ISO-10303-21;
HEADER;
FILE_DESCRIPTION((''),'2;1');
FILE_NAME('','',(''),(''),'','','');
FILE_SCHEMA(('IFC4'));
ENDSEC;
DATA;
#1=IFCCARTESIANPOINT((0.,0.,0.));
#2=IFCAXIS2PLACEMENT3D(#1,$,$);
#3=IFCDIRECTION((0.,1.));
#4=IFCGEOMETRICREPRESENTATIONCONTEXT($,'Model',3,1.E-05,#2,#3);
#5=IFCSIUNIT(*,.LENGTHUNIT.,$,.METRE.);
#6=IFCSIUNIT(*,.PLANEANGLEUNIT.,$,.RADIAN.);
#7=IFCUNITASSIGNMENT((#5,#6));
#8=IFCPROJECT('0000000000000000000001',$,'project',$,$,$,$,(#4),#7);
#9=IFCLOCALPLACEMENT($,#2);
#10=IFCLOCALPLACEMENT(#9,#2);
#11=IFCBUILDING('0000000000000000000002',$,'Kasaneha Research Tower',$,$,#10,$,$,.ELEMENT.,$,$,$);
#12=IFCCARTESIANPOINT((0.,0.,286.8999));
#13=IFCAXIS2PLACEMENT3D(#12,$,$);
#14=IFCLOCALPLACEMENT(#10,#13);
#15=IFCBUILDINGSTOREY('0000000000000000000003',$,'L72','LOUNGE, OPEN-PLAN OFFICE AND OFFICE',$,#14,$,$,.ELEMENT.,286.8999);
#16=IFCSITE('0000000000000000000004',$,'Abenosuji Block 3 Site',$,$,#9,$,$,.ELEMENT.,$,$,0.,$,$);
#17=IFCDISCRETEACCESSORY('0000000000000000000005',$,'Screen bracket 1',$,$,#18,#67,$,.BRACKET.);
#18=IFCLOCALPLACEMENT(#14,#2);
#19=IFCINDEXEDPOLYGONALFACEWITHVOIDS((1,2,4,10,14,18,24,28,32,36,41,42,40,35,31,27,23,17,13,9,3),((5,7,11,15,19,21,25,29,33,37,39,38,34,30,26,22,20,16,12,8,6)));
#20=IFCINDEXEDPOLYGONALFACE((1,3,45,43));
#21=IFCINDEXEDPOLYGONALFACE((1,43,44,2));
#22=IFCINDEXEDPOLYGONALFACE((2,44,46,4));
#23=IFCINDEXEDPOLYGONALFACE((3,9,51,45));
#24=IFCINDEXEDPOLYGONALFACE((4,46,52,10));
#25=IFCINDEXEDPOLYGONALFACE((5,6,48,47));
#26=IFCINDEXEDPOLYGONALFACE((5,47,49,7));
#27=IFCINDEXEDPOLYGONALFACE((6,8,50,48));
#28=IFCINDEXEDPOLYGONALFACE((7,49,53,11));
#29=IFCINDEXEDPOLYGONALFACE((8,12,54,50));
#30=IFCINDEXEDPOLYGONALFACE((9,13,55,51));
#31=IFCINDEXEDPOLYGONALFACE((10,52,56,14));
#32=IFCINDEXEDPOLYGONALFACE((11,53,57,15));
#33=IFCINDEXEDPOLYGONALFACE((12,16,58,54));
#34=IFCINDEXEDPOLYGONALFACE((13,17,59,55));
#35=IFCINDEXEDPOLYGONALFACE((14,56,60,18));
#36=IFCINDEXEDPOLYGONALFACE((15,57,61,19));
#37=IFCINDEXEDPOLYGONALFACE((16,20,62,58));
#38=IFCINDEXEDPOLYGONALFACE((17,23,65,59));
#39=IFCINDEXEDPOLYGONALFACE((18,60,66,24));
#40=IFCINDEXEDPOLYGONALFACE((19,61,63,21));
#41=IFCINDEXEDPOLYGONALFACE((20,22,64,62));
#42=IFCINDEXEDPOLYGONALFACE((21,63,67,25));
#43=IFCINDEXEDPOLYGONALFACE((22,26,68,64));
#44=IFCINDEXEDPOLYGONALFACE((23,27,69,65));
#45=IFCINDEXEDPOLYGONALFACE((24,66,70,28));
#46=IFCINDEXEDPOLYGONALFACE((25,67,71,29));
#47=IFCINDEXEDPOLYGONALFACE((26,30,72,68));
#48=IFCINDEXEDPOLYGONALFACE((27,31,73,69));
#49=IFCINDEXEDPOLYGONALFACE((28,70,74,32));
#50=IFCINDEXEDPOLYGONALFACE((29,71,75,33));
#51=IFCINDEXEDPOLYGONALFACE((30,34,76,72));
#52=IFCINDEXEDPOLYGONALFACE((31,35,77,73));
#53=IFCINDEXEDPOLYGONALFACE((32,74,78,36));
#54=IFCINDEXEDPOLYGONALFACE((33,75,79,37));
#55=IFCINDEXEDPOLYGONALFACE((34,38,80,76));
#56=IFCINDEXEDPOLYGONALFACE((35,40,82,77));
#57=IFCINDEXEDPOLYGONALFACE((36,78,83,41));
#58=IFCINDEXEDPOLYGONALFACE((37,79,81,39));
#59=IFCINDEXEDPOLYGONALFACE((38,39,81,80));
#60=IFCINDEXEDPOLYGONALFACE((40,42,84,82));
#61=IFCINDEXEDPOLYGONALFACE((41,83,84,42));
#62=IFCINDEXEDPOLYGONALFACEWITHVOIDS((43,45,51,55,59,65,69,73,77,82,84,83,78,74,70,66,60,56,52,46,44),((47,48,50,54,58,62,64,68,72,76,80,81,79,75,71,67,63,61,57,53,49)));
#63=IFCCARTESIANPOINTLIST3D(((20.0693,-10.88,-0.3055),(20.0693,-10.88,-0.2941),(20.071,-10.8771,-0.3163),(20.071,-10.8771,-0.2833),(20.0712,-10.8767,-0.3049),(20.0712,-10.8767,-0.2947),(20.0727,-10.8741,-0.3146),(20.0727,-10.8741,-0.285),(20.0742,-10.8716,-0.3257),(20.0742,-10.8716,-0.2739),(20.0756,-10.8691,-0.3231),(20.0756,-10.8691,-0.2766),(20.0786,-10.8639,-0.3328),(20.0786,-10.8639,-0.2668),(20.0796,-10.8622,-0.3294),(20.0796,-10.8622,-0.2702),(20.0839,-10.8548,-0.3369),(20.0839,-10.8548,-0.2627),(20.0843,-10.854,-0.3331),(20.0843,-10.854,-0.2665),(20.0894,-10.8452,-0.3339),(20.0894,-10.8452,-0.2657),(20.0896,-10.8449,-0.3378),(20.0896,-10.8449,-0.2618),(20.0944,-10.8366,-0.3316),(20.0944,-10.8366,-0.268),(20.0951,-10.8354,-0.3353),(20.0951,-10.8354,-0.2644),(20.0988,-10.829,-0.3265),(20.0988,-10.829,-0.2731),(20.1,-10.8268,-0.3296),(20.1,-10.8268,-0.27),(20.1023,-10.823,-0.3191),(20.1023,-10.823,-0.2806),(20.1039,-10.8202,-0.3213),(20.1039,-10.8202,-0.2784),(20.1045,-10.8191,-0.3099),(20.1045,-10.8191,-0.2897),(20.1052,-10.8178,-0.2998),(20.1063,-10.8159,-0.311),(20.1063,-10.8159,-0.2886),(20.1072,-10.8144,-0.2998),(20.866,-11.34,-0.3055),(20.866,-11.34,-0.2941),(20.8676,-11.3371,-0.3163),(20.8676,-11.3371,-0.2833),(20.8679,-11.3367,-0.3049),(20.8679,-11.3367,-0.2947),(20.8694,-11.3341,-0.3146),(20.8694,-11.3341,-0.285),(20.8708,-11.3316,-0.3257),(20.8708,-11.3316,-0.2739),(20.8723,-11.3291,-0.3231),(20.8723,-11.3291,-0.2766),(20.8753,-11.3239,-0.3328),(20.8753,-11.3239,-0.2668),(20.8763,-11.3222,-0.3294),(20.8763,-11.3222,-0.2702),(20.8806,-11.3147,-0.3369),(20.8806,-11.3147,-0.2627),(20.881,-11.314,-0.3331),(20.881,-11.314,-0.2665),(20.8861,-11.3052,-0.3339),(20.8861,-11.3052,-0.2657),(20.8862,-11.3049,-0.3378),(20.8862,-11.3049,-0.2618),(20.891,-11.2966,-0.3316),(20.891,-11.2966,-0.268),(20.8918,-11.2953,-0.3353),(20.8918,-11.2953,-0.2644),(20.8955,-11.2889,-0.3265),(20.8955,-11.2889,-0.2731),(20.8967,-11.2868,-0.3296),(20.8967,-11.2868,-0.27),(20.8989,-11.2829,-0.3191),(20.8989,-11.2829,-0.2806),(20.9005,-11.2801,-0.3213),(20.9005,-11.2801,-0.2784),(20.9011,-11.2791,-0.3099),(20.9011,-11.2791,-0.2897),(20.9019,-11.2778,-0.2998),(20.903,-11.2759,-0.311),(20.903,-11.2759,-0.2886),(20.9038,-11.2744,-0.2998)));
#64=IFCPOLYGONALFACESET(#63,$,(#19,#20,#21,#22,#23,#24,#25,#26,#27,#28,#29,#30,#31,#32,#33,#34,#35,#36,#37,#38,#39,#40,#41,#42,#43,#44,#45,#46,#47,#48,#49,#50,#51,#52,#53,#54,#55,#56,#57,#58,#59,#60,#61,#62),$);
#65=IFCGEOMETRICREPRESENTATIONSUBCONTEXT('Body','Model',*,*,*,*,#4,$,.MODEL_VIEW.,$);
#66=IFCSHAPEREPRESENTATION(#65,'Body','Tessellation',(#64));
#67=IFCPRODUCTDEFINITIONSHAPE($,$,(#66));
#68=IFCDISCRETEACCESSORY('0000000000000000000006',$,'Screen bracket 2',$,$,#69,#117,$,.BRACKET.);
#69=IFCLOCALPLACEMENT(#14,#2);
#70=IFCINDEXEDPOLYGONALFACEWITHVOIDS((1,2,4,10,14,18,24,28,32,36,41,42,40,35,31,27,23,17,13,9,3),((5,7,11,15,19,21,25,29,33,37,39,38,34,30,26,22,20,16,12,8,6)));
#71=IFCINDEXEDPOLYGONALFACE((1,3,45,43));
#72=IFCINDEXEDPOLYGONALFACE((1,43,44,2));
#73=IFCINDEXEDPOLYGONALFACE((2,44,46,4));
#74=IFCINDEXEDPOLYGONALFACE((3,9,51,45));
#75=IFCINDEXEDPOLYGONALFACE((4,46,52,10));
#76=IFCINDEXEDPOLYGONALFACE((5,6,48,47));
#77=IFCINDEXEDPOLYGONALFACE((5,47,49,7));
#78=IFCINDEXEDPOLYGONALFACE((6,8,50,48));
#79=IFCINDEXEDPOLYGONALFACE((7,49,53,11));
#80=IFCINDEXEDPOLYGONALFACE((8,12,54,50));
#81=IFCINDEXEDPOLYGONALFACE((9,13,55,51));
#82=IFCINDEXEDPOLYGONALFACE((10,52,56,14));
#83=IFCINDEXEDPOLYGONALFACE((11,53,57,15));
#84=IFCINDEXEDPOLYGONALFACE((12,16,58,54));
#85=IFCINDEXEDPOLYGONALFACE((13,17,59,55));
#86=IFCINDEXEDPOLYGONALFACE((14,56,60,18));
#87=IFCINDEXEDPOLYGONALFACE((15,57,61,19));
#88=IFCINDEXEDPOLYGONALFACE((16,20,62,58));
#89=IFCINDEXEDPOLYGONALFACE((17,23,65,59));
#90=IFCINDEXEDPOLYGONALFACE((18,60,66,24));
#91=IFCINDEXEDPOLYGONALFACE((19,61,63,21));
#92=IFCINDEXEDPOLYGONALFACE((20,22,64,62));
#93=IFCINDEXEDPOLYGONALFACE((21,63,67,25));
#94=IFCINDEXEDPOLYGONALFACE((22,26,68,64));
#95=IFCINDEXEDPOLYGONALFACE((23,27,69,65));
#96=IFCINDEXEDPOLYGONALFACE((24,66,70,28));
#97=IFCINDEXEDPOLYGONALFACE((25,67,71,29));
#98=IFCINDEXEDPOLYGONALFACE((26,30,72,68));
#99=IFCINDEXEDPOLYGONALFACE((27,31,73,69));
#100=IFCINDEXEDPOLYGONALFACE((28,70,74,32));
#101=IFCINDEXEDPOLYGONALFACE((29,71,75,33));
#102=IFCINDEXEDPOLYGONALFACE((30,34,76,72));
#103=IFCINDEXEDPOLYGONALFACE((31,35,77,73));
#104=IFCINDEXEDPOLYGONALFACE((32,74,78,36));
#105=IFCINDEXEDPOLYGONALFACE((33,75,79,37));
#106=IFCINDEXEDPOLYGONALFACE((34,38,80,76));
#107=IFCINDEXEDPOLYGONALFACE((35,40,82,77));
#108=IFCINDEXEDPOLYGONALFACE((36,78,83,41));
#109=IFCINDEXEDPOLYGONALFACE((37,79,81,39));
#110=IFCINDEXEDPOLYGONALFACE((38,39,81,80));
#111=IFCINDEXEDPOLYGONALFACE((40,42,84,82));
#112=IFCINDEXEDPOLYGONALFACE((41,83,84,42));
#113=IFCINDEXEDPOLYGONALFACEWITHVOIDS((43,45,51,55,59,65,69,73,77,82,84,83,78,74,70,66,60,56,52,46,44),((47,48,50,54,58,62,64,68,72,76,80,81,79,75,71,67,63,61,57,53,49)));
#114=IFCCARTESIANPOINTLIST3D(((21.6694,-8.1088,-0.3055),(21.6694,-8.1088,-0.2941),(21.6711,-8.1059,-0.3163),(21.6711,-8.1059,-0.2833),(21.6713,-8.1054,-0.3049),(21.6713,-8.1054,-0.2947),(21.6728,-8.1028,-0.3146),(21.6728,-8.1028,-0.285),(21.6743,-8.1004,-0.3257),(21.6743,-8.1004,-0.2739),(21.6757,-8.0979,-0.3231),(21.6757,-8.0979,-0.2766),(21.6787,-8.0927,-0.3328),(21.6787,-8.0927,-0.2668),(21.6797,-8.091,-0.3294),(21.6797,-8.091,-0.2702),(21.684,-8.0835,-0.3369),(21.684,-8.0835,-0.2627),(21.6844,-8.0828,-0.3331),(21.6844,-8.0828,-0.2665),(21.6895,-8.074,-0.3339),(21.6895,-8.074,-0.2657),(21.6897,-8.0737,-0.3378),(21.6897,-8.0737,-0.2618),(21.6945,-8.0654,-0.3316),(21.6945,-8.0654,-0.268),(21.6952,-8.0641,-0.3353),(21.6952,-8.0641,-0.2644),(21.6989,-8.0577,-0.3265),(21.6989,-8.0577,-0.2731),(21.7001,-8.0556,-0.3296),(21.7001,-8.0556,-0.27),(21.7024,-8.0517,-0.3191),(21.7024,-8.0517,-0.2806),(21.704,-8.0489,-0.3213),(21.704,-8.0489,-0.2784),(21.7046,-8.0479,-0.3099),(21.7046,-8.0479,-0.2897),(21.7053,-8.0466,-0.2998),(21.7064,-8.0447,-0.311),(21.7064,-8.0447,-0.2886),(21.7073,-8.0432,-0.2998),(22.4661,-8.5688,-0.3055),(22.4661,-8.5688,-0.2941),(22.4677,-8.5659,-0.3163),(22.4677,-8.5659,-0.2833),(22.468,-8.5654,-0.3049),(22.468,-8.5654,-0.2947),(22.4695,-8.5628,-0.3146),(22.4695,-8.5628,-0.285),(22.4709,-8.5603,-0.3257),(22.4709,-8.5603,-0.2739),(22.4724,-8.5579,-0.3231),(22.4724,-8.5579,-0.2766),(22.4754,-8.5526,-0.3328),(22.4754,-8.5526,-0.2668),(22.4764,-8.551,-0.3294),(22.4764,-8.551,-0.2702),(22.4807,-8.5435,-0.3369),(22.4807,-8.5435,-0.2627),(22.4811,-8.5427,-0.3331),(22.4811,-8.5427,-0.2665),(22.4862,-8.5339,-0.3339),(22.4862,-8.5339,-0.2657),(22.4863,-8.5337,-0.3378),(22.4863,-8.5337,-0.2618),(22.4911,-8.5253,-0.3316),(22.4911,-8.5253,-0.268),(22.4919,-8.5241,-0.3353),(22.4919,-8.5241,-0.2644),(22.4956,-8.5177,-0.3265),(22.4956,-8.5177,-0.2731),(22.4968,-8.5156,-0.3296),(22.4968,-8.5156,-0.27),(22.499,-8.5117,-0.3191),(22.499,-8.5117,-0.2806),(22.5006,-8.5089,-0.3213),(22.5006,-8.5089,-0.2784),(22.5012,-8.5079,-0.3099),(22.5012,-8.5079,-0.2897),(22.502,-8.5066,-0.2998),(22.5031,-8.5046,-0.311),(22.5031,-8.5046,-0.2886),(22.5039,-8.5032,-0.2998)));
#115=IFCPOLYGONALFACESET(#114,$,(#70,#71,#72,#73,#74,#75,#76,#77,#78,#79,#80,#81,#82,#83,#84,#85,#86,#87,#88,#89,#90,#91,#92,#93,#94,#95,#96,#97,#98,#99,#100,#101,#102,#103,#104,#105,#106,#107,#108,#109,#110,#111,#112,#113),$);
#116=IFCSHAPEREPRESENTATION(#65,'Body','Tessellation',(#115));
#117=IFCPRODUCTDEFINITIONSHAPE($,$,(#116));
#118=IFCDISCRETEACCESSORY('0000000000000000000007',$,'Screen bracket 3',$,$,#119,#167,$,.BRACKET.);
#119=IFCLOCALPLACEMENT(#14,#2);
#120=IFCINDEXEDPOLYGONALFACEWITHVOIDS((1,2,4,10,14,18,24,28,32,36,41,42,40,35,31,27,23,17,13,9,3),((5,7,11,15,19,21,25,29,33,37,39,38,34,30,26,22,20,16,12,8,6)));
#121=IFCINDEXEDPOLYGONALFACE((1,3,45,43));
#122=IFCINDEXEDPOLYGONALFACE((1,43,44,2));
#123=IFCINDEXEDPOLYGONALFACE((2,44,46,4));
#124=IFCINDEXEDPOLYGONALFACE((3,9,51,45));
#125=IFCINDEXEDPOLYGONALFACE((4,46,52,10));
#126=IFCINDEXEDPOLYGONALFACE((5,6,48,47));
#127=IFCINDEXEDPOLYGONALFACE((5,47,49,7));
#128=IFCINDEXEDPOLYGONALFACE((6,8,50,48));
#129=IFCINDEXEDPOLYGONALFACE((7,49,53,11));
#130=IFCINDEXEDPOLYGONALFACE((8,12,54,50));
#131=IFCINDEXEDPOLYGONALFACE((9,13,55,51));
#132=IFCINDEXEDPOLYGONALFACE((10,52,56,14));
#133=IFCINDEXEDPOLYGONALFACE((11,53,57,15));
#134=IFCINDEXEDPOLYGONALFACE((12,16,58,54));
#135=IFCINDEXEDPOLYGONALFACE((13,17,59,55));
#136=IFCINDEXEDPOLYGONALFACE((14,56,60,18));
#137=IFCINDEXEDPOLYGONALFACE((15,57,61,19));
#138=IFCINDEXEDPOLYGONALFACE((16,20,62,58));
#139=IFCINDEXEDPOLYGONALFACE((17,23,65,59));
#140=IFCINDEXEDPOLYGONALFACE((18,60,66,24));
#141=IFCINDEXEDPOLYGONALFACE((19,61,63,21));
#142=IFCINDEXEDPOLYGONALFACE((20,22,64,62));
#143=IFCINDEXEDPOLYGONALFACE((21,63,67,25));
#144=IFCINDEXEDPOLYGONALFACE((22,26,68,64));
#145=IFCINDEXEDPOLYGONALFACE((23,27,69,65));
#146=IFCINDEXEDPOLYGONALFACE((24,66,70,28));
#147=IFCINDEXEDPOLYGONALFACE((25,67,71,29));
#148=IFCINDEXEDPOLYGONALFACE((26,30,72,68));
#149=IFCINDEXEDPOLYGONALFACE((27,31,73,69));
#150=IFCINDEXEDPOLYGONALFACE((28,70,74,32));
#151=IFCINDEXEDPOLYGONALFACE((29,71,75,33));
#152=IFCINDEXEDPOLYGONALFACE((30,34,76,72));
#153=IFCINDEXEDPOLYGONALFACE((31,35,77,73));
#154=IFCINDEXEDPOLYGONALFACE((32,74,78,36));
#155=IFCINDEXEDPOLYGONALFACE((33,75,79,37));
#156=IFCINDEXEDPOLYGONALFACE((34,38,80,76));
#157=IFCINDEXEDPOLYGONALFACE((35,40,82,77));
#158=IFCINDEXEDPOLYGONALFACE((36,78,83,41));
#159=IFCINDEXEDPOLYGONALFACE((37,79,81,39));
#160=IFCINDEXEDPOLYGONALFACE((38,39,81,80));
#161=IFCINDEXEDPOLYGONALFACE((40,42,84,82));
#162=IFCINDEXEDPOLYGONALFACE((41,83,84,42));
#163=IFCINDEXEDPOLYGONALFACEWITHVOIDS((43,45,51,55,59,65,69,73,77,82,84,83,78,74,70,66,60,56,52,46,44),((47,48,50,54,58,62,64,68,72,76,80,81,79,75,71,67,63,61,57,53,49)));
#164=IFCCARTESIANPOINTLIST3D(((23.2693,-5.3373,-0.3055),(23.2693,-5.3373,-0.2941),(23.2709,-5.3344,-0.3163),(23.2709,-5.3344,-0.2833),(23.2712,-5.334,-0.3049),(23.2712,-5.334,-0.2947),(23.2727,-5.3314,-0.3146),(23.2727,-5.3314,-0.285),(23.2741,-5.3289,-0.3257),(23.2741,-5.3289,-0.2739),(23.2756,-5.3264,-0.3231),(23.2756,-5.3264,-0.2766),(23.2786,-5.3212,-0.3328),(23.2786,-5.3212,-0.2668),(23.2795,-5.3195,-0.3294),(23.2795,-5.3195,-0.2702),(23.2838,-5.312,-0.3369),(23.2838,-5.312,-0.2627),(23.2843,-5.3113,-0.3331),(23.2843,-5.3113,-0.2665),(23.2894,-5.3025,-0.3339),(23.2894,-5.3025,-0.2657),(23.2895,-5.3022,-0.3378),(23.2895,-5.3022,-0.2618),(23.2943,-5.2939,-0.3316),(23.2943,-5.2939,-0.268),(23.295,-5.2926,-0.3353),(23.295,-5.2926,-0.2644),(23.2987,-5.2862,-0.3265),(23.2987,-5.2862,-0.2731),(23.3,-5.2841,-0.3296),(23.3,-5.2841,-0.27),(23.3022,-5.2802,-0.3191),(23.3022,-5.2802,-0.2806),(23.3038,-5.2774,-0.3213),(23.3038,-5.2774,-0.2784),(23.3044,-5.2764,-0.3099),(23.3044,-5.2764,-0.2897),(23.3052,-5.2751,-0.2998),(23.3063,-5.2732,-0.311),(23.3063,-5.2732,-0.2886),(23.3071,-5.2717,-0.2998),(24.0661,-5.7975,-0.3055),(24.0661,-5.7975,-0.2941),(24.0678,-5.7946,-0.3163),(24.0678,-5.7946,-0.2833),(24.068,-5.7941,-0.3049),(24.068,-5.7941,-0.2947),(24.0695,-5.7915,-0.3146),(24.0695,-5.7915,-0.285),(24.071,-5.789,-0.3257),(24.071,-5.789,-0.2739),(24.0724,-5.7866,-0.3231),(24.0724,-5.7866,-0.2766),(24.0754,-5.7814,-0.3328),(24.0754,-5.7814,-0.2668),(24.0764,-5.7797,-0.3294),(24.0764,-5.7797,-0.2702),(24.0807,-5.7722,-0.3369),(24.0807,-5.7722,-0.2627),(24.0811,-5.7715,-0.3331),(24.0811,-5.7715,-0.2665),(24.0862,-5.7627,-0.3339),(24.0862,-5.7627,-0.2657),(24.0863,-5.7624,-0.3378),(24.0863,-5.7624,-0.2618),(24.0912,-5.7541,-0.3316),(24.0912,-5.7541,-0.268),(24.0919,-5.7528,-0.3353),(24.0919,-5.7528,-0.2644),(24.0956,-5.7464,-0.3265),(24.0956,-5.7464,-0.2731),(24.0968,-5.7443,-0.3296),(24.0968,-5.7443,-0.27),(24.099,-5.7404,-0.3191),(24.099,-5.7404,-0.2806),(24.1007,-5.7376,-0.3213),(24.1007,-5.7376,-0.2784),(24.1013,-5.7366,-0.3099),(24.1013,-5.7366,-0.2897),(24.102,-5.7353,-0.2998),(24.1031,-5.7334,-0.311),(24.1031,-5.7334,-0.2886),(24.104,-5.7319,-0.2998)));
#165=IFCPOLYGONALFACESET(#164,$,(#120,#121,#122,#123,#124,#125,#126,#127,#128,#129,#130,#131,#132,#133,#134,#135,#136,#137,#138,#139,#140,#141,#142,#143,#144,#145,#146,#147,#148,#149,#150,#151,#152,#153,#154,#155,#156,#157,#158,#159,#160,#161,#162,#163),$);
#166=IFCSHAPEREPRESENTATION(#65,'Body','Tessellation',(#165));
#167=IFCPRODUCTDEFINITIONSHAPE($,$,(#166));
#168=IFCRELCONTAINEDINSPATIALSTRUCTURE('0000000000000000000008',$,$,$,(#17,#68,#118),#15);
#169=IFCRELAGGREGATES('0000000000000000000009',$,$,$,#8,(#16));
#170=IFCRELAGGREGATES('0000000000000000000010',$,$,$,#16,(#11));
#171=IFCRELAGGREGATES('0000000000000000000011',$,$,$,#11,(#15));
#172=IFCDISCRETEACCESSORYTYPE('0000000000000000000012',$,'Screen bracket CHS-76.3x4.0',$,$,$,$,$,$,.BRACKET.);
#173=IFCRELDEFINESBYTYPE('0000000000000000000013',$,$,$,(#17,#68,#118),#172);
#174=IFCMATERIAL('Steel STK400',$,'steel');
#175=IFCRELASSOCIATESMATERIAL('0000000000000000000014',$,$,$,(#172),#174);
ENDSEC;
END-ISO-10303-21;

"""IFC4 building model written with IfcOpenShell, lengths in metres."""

from ifc_helpers import new_model, si_unit, direction, frame, origin, origin_2d, place, context, subcontext, project, spatial, hollow_circle, extrude, material, material_profile, profile_set, type_object, element, save


model = new_model("IFC4")

# Units and contexts
model_context = context("Model", 3, precision=1e-05, world=origin(), true_north=direction((0.0, 1.0)))
body_context = subcontext(model_context, "Body", "Model", "MODEL_VIEW")
ifc_project = project(units=[si_unit("LENGTHUNIT", "METRE"), si_unit("PLANEANGLEUNIT", "RADIAN")], contexts=[model_context])

# Site, building, storey
site_placement = place(None, origin())
site = spatial("IfcSite", under=ifc_project, at=site_placement, Name="Abenosuji Block 3 Site", CompositionType="ELEMENT", RefElevation=0.0)
building_placement = place(site_placement, origin())
building = spatial("IfcBuilding", under=site, at=building_placement, Name="Kasaneha Research Tower", CompositionType="ELEMENT")
storey_placement = place(building_placement, frame((0.0, 0.0, 286.8999)))
storey = spatial("IfcBuildingStorey", under=building, at=storey_placement, Name="L72", Description="LOUNGE, OPEN-PLAN OFFICE AND OFFICE", CompositionType="ELEMENT", Elevation=286.8999)

# Discrete accessories
ifc_material_1 = material(Name="Steel STK400", Category="steel")
ifc_material_profile_1 = material_profile(ifc_material_1, hollow_circle(Radius=0.0381, WallThickness=0.0039, at=origin_2d()), Name="CHS-76.3x4.0")
ifc_profile_set_1 = profile_set([ifc_material_profile_1], Name="Steel STK400")
discrete_accessory_type = type_object("IfcDiscreteAccessoryType", Name="Screen bracket CHS-76.3x4.0", PredefinedType="BRACKET", material=ifc_profile_set_1)
for number, where, z_axis, x_axis, name in (
    (1, (20.0881, -10.8474, -0.2998), (0.866013, -0.500021, 0.0), (0.500021, 0.866013, 0.0), "Screen bracket 1"),
    (2, (21.6882, -8.0762, -0.2998), (0.866013, -0.500021, 0.0), (0.500021, 0.866013, 0.0), "Screen bracket 2"),
):
    element("IfcDiscreteAccessory", number, at=place(storey_placement, frame(where, z_axis=z_axis, x_axis=x_axis)), inside=storey, type_object=discrete_accessory_type, Name=name, PredefinedType="BRACKET", context=body_context, shape_type="SweptSolid", body=[
        extrude(hollow_circle(Radius=0.0381, WallThickness=0.0039, at=origin_2d()), origin(), (0.0, 0.0, 1.0), 0.9199),
    ])
discrete_accessory_placement = place(storey_placement, frame((23.2881, -5.3047, -0.2998), z_axis=(0.865965, -0.500105, 0.0), x_axis=(0.500105, 0.865965, 0.0)))
element("IfcDiscreteAccessory", 3, at=discrete_accessory_placement, inside=storey, type_object=discrete_accessory_type, Name="Screen bracket 3", PredefinedType="BRACKET", context=body_context, shape_type="SweptSolid", body=[
    extrude(hollow_circle(Radius=0.0381, WallThickness=0.0039, at=origin_2d()), origin(), (0.0, 0.0, 1.0), 0.9202),
])

save(model, "model.ifc")
